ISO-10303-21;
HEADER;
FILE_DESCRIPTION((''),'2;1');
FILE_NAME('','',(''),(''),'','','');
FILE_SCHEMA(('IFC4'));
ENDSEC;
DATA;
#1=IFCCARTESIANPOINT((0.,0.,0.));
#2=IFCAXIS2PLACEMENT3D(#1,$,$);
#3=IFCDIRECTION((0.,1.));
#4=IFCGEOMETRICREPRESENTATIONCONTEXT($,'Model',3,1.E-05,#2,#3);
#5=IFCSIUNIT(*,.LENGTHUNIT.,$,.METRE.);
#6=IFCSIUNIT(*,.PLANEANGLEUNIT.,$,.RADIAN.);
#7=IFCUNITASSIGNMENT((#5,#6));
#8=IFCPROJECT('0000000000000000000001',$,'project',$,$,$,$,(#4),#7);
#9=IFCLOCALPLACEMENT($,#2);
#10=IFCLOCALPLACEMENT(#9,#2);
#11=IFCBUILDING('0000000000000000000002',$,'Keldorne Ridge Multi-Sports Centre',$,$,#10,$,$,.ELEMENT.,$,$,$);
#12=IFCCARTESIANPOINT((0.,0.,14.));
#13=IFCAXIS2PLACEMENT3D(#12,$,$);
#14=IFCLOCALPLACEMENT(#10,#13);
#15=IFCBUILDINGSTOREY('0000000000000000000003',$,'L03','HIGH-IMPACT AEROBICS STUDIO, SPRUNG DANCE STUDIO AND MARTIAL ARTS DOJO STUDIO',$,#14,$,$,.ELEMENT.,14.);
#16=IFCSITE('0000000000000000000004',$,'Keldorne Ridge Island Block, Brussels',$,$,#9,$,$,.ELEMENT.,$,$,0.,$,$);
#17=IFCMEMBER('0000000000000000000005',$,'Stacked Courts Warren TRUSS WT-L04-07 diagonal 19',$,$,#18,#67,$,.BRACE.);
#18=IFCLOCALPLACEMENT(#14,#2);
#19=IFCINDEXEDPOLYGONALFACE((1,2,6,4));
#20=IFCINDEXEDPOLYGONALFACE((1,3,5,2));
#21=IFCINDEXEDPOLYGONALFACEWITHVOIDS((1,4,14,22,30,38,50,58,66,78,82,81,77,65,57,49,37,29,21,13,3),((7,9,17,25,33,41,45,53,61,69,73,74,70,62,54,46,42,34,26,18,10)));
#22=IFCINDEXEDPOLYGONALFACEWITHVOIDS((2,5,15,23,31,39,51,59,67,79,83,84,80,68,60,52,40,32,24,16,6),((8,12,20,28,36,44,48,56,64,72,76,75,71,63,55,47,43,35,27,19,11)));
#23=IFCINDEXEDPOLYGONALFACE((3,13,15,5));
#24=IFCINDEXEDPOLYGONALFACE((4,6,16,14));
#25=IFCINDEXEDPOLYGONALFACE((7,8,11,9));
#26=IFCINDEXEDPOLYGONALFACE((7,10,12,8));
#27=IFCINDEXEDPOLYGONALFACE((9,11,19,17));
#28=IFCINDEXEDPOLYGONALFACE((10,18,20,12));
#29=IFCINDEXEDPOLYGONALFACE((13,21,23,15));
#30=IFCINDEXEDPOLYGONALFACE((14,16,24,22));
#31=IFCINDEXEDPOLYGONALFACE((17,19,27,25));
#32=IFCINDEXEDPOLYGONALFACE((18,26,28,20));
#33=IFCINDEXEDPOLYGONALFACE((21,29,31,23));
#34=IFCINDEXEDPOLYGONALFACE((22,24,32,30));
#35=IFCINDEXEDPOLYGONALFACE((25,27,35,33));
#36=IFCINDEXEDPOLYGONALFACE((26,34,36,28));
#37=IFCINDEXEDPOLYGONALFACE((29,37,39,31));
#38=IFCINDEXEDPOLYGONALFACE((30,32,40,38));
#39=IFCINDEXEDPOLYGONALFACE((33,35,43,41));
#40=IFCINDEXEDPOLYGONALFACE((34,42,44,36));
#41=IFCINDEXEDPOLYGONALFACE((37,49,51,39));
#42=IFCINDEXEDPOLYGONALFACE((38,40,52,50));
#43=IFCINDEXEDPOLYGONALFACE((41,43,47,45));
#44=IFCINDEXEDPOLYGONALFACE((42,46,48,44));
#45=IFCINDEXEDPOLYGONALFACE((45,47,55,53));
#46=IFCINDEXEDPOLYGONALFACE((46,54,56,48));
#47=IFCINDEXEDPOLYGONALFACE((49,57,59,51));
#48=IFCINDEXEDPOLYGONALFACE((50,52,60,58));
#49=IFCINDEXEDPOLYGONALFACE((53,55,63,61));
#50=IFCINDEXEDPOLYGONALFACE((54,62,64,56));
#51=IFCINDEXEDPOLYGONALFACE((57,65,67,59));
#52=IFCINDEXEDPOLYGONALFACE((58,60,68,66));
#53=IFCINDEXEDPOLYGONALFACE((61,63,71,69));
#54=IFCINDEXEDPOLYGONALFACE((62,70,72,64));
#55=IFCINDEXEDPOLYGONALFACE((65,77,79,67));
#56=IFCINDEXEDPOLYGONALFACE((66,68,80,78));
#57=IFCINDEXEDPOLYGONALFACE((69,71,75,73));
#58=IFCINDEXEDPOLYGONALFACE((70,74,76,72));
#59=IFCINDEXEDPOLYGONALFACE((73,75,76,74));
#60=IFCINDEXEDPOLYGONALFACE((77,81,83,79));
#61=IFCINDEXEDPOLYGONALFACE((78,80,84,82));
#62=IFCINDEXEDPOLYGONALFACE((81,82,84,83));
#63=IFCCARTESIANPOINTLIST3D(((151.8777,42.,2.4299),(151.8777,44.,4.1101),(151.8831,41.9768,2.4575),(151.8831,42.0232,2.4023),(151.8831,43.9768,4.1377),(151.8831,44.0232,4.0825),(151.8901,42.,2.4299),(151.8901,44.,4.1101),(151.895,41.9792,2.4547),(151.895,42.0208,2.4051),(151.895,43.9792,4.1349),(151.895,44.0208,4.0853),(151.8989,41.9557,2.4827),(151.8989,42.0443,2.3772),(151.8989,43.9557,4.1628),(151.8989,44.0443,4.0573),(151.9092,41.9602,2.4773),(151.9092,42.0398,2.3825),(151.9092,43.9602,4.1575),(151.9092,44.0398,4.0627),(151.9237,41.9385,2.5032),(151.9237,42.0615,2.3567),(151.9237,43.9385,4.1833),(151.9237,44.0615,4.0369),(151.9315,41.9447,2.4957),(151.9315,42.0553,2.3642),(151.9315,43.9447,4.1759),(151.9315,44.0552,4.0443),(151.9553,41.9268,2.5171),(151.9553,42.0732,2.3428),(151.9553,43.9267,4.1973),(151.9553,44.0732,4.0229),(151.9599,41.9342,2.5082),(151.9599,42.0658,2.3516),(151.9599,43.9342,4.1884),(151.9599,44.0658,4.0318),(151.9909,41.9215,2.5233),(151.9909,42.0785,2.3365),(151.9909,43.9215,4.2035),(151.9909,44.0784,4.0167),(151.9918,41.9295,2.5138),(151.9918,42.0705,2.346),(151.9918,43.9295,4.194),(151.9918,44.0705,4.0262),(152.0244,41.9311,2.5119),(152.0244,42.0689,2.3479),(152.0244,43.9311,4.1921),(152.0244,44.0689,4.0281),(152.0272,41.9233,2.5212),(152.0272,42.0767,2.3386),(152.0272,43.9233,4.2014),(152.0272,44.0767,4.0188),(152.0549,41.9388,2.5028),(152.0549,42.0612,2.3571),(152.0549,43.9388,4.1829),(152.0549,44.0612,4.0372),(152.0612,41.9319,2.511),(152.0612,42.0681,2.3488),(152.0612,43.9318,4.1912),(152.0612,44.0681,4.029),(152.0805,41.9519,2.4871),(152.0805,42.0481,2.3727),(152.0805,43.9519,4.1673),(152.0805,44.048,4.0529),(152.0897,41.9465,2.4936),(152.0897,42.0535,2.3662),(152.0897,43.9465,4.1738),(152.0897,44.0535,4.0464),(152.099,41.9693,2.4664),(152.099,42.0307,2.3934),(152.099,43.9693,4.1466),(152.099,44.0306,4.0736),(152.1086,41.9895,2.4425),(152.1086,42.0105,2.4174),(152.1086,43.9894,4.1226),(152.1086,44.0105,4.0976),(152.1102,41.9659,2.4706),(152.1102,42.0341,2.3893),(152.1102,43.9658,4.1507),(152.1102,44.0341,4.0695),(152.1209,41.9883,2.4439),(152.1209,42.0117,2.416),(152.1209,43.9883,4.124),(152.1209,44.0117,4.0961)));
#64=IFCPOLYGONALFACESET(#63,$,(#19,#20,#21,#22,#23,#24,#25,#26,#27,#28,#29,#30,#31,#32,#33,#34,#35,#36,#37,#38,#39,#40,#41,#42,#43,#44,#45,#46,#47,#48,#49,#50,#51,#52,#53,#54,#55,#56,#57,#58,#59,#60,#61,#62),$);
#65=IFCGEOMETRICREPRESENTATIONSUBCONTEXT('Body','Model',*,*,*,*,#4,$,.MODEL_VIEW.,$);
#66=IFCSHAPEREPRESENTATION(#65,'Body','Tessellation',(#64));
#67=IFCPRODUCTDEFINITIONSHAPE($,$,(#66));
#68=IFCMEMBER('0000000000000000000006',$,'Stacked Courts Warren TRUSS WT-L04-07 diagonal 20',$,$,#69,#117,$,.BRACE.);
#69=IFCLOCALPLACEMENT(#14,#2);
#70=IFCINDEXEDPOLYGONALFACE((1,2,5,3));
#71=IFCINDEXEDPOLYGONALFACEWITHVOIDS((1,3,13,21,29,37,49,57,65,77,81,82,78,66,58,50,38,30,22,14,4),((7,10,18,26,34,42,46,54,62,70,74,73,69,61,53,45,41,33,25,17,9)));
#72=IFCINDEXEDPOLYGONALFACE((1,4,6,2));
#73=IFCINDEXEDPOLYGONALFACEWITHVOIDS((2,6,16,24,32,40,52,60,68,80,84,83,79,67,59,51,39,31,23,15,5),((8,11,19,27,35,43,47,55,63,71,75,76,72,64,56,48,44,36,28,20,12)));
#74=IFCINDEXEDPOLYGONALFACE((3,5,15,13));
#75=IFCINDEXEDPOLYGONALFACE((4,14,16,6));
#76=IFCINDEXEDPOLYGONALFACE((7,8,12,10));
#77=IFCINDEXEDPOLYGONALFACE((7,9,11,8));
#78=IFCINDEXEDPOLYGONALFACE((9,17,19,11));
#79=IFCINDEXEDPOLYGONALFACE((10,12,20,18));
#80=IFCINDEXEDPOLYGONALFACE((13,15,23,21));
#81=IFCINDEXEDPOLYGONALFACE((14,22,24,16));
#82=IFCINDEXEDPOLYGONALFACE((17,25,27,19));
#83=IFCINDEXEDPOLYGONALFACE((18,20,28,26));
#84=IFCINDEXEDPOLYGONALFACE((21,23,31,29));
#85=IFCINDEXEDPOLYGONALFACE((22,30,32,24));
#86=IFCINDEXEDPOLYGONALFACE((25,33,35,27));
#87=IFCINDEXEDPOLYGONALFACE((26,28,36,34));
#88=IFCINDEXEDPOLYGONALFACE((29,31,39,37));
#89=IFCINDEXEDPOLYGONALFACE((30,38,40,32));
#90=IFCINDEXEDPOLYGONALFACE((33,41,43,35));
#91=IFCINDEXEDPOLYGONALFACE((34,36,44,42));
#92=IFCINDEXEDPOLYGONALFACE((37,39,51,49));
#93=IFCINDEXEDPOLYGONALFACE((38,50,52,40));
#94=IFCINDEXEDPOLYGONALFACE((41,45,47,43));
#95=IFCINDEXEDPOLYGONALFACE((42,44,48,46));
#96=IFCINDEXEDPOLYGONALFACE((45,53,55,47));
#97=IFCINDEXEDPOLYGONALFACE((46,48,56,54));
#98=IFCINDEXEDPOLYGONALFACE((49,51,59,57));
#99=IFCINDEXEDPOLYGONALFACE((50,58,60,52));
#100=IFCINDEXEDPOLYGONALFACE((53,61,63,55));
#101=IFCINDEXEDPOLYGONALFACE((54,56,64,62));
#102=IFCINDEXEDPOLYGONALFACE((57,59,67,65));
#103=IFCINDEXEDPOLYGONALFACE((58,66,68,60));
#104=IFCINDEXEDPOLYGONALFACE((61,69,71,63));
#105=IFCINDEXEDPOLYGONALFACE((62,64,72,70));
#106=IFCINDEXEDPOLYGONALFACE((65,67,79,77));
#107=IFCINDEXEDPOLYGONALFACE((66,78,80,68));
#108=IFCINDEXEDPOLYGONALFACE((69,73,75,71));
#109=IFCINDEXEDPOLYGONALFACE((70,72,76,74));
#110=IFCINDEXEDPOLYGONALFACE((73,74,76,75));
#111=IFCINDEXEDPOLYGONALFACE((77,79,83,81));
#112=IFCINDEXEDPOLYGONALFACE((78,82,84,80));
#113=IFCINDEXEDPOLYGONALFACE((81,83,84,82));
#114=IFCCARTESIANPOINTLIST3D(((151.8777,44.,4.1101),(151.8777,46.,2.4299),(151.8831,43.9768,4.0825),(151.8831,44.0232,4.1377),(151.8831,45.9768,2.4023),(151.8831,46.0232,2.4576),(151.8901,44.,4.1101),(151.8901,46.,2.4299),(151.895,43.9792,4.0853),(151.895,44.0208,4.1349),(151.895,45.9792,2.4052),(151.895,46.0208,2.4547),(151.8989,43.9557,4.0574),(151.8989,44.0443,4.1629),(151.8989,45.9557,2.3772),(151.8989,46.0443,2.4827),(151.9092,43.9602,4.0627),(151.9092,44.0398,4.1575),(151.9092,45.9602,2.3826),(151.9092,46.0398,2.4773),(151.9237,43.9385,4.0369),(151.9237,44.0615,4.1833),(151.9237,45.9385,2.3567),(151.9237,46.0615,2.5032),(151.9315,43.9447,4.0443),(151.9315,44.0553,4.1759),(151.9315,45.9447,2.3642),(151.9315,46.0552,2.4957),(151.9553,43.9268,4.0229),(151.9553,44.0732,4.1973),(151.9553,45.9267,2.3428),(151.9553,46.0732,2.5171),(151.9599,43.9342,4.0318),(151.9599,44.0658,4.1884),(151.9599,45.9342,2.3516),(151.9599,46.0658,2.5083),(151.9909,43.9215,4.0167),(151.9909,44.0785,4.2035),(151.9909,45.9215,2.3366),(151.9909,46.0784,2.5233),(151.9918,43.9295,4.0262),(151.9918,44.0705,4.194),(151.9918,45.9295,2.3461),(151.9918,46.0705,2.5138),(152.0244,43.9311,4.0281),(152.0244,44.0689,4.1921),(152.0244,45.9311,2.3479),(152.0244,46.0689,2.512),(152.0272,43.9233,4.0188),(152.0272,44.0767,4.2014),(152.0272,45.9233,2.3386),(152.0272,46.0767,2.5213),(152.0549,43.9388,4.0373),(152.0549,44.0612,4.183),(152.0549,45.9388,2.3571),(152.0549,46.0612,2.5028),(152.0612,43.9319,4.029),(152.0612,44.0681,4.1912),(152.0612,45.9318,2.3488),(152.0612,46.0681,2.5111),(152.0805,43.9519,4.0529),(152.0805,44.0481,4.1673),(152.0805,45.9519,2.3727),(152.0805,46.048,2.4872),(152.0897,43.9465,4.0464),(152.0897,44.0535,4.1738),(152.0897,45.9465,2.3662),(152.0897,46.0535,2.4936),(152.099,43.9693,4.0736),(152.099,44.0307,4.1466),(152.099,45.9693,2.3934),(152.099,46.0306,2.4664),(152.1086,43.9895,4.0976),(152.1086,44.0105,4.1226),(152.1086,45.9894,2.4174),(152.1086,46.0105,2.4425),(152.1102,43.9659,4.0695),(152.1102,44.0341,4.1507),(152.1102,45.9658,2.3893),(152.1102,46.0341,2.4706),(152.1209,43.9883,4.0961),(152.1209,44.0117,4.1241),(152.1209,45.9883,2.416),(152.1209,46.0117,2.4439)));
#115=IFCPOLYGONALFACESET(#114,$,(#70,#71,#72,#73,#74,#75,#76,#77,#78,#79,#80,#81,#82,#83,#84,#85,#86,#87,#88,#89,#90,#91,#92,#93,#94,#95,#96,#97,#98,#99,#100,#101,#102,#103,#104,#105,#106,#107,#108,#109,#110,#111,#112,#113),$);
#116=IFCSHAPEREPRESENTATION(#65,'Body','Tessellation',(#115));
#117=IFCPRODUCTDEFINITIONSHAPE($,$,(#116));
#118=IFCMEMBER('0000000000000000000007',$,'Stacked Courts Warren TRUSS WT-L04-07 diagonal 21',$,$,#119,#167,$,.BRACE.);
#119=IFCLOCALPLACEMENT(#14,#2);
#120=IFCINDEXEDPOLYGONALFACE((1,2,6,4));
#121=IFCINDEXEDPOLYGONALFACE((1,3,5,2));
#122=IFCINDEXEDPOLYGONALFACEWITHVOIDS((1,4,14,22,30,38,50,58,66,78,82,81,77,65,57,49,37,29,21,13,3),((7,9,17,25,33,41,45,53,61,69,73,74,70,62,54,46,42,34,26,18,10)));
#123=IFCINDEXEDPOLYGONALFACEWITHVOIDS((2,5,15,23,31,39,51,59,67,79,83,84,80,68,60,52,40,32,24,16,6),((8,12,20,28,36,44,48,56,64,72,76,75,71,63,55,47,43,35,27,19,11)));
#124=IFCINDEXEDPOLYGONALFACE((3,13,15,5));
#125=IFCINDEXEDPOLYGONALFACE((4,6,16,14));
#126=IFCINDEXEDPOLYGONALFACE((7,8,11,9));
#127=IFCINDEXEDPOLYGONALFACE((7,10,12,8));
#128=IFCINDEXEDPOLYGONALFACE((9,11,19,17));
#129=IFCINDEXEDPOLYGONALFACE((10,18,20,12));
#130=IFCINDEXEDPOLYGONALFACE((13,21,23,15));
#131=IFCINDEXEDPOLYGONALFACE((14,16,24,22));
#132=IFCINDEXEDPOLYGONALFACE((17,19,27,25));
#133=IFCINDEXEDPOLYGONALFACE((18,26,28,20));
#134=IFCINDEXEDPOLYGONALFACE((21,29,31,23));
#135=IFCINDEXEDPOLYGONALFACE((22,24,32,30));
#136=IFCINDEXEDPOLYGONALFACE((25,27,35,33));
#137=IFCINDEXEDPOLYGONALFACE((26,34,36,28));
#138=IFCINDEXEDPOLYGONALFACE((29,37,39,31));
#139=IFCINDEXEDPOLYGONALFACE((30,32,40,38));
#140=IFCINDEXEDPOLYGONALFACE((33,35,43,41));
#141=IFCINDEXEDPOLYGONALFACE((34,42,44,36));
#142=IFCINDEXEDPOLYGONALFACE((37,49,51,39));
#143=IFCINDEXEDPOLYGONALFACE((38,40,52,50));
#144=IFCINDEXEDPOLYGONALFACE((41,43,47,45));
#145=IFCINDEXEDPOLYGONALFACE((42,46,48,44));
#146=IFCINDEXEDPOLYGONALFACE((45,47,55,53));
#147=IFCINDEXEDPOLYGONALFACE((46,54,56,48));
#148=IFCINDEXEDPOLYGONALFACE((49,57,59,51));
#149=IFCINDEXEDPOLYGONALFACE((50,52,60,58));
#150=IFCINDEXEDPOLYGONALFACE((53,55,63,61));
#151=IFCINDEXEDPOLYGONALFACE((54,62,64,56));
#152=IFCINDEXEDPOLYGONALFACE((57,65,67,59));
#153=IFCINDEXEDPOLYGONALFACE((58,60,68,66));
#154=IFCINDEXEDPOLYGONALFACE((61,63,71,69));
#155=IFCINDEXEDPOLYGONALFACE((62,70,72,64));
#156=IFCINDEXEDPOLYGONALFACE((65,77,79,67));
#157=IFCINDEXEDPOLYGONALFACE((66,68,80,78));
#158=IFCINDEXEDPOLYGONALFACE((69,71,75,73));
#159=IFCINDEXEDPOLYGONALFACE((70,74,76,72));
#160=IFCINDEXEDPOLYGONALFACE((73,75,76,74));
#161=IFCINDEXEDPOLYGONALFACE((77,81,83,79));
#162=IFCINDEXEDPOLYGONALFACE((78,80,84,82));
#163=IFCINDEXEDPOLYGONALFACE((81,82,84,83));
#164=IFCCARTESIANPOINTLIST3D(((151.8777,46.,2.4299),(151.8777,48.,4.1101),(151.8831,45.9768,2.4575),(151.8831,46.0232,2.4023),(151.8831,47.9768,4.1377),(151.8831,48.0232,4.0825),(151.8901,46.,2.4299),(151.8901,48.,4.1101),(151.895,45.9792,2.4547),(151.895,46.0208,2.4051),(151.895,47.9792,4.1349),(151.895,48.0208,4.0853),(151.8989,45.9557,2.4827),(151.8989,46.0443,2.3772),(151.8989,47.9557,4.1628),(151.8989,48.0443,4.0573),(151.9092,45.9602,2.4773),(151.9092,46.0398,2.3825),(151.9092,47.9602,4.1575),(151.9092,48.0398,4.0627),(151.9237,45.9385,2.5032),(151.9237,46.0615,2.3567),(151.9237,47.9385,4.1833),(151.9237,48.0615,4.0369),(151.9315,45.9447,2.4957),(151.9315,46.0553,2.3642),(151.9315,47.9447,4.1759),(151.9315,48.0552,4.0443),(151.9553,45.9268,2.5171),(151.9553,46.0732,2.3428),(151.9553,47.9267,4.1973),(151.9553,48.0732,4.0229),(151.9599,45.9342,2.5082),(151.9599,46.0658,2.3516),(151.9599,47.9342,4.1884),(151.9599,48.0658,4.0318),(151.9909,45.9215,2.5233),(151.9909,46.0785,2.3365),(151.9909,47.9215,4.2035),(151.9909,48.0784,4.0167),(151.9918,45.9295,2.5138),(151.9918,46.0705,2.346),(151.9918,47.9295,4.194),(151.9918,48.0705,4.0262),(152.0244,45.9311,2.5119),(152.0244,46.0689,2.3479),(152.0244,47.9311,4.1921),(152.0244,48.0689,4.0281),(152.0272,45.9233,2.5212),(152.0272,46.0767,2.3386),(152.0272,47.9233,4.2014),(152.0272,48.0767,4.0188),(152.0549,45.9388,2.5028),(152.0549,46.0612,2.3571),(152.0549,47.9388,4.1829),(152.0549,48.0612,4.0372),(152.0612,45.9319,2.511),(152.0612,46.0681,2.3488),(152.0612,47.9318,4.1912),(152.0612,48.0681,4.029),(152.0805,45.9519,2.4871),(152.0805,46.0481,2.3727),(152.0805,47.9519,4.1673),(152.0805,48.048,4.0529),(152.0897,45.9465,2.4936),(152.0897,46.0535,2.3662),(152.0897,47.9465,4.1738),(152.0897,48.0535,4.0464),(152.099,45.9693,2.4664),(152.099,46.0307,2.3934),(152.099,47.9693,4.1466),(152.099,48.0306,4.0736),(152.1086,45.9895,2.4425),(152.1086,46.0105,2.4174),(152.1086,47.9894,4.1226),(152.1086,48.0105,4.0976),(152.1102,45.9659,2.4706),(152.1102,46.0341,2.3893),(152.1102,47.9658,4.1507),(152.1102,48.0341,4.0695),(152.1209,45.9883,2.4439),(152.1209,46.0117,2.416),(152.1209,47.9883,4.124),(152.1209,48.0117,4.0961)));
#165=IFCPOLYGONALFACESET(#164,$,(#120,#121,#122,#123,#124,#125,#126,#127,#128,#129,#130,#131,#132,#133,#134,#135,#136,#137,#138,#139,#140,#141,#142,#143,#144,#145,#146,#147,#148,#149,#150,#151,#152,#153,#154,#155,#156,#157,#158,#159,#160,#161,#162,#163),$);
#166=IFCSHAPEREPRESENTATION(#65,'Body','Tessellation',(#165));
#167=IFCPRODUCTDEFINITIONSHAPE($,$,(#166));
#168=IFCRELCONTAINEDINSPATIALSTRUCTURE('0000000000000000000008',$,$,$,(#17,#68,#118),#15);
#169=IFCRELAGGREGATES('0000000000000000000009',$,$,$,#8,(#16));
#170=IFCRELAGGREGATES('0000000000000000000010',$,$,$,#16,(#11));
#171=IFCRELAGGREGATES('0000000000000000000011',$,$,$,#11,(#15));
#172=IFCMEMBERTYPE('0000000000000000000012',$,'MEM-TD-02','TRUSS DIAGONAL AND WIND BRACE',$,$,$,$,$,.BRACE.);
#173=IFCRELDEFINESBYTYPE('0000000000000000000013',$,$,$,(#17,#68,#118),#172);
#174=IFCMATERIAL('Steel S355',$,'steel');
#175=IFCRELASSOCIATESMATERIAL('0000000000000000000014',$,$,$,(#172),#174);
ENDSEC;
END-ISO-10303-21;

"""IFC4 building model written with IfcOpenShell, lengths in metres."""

from ifc_helpers import new_model, si_unit, direction, frame, origin, origin_2d, place, context, subcontext, project, spatial, hollow_circle, extrude, material, material_profile, profile_set, type_object, element, save


model = new_model("IFC4")

# Units and contexts
model_context = context("Model", 3, precision=1e-05, world=origin(), true_north=direction((0.0, 1.0)))
body_context = subcontext(model_context, "Body", "Model", "MODEL_VIEW")
ifc_project = project(units=[si_unit("LENGTHUNIT", "METRE"), si_unit("PLANEANGLEUNIT", "RADIAN")], contexts=[model_context])

# Site, building, storey
site_placement = place(None, origin())
site = spatial("IfcSite", under=ifc_project, at=site_placement, Name="Keldorne Ridge Island Block, Brussels", CompositionType="ELEMENT", RefElevation=0.0)
building_placement = place(site_placement, origin())
building = spatial("IfcBuilding", under=site, at=building_placement, Name="Keldorne Ridge Multi-Sports Centre", CompositionType="ELEMENT")
storey_placement = place(building_placement, frame((0.0, 0.0, 14.0)))
storey = spatial("IfcBuildingStorey", under=building, at=storey_placement, Name="L03", Description="HIGH-IMPACT AEROBICS STUDIO, SPRUNG DANCE STUDIO AND MARTIAL ARTS DOJO STUDIO", CompositionType="ELEMENT", Elevation=14.0)

# Members
ifc_material = material(Name="Steel S355", Category="steel")
ifc_material_profile_1 = material_profile(ifc_material, hollow_circle(Radius=0.1223, WallThickness=0.0125, at=origin_2d()), Name="CHS 244.5x12.5")
ifc_profile_set_1 = profile_set([ifc_material_profile_1], Name="Steel S355")
member_type_1 = type_object("IfcMemberType", Name="MEM-TD-02", Description="TRUSS DIAGONAL AND WIND BRACE", PredefinedType="BRACE", material=ifc_profile_set_1)
for number, where, z_axis, x_axis, name in (
    (1, (152.0, 42.0, 2.4299), (0.0, 0.765672, 0.643232), (-1.0, 0.0, 0.0), "Stacked Courts Warren TRUSS WT-L04-07 diagonal 19"),
    (2, (152.0, 44.0, 4.1101), (0.0, 0.765672, -0.643232), (-1.0, 0.0, 0.0), "Stacked Courts Warren TRUSS WT-L04-07 diagonal 20"),
    (3, (152.0, 46.0, 2.4299), (0.0, 0.765672, 0.643232), (-1.0, 0.0, 0.0), "Stacked Courts Warren TRUSS WT-L04-07 diagonal 21"),
):
    element("IfcMember", number, at=place(storey_placement, frame(where, z_axis=z_axis, x_axis=x_axis)), inside=storey, type_object=member_type_1, Name=name, PredefinedType="BRACE", context=body_context, shape_type="SweptSolid", body=[
        extrude(hollow_circle(Radius=0.1223, WallThickness=0.0125, at=origin_2d()), origin(), (0.0, 0.0, 1.0), 2.6121),
    ])

save(model, "model.ifc")
